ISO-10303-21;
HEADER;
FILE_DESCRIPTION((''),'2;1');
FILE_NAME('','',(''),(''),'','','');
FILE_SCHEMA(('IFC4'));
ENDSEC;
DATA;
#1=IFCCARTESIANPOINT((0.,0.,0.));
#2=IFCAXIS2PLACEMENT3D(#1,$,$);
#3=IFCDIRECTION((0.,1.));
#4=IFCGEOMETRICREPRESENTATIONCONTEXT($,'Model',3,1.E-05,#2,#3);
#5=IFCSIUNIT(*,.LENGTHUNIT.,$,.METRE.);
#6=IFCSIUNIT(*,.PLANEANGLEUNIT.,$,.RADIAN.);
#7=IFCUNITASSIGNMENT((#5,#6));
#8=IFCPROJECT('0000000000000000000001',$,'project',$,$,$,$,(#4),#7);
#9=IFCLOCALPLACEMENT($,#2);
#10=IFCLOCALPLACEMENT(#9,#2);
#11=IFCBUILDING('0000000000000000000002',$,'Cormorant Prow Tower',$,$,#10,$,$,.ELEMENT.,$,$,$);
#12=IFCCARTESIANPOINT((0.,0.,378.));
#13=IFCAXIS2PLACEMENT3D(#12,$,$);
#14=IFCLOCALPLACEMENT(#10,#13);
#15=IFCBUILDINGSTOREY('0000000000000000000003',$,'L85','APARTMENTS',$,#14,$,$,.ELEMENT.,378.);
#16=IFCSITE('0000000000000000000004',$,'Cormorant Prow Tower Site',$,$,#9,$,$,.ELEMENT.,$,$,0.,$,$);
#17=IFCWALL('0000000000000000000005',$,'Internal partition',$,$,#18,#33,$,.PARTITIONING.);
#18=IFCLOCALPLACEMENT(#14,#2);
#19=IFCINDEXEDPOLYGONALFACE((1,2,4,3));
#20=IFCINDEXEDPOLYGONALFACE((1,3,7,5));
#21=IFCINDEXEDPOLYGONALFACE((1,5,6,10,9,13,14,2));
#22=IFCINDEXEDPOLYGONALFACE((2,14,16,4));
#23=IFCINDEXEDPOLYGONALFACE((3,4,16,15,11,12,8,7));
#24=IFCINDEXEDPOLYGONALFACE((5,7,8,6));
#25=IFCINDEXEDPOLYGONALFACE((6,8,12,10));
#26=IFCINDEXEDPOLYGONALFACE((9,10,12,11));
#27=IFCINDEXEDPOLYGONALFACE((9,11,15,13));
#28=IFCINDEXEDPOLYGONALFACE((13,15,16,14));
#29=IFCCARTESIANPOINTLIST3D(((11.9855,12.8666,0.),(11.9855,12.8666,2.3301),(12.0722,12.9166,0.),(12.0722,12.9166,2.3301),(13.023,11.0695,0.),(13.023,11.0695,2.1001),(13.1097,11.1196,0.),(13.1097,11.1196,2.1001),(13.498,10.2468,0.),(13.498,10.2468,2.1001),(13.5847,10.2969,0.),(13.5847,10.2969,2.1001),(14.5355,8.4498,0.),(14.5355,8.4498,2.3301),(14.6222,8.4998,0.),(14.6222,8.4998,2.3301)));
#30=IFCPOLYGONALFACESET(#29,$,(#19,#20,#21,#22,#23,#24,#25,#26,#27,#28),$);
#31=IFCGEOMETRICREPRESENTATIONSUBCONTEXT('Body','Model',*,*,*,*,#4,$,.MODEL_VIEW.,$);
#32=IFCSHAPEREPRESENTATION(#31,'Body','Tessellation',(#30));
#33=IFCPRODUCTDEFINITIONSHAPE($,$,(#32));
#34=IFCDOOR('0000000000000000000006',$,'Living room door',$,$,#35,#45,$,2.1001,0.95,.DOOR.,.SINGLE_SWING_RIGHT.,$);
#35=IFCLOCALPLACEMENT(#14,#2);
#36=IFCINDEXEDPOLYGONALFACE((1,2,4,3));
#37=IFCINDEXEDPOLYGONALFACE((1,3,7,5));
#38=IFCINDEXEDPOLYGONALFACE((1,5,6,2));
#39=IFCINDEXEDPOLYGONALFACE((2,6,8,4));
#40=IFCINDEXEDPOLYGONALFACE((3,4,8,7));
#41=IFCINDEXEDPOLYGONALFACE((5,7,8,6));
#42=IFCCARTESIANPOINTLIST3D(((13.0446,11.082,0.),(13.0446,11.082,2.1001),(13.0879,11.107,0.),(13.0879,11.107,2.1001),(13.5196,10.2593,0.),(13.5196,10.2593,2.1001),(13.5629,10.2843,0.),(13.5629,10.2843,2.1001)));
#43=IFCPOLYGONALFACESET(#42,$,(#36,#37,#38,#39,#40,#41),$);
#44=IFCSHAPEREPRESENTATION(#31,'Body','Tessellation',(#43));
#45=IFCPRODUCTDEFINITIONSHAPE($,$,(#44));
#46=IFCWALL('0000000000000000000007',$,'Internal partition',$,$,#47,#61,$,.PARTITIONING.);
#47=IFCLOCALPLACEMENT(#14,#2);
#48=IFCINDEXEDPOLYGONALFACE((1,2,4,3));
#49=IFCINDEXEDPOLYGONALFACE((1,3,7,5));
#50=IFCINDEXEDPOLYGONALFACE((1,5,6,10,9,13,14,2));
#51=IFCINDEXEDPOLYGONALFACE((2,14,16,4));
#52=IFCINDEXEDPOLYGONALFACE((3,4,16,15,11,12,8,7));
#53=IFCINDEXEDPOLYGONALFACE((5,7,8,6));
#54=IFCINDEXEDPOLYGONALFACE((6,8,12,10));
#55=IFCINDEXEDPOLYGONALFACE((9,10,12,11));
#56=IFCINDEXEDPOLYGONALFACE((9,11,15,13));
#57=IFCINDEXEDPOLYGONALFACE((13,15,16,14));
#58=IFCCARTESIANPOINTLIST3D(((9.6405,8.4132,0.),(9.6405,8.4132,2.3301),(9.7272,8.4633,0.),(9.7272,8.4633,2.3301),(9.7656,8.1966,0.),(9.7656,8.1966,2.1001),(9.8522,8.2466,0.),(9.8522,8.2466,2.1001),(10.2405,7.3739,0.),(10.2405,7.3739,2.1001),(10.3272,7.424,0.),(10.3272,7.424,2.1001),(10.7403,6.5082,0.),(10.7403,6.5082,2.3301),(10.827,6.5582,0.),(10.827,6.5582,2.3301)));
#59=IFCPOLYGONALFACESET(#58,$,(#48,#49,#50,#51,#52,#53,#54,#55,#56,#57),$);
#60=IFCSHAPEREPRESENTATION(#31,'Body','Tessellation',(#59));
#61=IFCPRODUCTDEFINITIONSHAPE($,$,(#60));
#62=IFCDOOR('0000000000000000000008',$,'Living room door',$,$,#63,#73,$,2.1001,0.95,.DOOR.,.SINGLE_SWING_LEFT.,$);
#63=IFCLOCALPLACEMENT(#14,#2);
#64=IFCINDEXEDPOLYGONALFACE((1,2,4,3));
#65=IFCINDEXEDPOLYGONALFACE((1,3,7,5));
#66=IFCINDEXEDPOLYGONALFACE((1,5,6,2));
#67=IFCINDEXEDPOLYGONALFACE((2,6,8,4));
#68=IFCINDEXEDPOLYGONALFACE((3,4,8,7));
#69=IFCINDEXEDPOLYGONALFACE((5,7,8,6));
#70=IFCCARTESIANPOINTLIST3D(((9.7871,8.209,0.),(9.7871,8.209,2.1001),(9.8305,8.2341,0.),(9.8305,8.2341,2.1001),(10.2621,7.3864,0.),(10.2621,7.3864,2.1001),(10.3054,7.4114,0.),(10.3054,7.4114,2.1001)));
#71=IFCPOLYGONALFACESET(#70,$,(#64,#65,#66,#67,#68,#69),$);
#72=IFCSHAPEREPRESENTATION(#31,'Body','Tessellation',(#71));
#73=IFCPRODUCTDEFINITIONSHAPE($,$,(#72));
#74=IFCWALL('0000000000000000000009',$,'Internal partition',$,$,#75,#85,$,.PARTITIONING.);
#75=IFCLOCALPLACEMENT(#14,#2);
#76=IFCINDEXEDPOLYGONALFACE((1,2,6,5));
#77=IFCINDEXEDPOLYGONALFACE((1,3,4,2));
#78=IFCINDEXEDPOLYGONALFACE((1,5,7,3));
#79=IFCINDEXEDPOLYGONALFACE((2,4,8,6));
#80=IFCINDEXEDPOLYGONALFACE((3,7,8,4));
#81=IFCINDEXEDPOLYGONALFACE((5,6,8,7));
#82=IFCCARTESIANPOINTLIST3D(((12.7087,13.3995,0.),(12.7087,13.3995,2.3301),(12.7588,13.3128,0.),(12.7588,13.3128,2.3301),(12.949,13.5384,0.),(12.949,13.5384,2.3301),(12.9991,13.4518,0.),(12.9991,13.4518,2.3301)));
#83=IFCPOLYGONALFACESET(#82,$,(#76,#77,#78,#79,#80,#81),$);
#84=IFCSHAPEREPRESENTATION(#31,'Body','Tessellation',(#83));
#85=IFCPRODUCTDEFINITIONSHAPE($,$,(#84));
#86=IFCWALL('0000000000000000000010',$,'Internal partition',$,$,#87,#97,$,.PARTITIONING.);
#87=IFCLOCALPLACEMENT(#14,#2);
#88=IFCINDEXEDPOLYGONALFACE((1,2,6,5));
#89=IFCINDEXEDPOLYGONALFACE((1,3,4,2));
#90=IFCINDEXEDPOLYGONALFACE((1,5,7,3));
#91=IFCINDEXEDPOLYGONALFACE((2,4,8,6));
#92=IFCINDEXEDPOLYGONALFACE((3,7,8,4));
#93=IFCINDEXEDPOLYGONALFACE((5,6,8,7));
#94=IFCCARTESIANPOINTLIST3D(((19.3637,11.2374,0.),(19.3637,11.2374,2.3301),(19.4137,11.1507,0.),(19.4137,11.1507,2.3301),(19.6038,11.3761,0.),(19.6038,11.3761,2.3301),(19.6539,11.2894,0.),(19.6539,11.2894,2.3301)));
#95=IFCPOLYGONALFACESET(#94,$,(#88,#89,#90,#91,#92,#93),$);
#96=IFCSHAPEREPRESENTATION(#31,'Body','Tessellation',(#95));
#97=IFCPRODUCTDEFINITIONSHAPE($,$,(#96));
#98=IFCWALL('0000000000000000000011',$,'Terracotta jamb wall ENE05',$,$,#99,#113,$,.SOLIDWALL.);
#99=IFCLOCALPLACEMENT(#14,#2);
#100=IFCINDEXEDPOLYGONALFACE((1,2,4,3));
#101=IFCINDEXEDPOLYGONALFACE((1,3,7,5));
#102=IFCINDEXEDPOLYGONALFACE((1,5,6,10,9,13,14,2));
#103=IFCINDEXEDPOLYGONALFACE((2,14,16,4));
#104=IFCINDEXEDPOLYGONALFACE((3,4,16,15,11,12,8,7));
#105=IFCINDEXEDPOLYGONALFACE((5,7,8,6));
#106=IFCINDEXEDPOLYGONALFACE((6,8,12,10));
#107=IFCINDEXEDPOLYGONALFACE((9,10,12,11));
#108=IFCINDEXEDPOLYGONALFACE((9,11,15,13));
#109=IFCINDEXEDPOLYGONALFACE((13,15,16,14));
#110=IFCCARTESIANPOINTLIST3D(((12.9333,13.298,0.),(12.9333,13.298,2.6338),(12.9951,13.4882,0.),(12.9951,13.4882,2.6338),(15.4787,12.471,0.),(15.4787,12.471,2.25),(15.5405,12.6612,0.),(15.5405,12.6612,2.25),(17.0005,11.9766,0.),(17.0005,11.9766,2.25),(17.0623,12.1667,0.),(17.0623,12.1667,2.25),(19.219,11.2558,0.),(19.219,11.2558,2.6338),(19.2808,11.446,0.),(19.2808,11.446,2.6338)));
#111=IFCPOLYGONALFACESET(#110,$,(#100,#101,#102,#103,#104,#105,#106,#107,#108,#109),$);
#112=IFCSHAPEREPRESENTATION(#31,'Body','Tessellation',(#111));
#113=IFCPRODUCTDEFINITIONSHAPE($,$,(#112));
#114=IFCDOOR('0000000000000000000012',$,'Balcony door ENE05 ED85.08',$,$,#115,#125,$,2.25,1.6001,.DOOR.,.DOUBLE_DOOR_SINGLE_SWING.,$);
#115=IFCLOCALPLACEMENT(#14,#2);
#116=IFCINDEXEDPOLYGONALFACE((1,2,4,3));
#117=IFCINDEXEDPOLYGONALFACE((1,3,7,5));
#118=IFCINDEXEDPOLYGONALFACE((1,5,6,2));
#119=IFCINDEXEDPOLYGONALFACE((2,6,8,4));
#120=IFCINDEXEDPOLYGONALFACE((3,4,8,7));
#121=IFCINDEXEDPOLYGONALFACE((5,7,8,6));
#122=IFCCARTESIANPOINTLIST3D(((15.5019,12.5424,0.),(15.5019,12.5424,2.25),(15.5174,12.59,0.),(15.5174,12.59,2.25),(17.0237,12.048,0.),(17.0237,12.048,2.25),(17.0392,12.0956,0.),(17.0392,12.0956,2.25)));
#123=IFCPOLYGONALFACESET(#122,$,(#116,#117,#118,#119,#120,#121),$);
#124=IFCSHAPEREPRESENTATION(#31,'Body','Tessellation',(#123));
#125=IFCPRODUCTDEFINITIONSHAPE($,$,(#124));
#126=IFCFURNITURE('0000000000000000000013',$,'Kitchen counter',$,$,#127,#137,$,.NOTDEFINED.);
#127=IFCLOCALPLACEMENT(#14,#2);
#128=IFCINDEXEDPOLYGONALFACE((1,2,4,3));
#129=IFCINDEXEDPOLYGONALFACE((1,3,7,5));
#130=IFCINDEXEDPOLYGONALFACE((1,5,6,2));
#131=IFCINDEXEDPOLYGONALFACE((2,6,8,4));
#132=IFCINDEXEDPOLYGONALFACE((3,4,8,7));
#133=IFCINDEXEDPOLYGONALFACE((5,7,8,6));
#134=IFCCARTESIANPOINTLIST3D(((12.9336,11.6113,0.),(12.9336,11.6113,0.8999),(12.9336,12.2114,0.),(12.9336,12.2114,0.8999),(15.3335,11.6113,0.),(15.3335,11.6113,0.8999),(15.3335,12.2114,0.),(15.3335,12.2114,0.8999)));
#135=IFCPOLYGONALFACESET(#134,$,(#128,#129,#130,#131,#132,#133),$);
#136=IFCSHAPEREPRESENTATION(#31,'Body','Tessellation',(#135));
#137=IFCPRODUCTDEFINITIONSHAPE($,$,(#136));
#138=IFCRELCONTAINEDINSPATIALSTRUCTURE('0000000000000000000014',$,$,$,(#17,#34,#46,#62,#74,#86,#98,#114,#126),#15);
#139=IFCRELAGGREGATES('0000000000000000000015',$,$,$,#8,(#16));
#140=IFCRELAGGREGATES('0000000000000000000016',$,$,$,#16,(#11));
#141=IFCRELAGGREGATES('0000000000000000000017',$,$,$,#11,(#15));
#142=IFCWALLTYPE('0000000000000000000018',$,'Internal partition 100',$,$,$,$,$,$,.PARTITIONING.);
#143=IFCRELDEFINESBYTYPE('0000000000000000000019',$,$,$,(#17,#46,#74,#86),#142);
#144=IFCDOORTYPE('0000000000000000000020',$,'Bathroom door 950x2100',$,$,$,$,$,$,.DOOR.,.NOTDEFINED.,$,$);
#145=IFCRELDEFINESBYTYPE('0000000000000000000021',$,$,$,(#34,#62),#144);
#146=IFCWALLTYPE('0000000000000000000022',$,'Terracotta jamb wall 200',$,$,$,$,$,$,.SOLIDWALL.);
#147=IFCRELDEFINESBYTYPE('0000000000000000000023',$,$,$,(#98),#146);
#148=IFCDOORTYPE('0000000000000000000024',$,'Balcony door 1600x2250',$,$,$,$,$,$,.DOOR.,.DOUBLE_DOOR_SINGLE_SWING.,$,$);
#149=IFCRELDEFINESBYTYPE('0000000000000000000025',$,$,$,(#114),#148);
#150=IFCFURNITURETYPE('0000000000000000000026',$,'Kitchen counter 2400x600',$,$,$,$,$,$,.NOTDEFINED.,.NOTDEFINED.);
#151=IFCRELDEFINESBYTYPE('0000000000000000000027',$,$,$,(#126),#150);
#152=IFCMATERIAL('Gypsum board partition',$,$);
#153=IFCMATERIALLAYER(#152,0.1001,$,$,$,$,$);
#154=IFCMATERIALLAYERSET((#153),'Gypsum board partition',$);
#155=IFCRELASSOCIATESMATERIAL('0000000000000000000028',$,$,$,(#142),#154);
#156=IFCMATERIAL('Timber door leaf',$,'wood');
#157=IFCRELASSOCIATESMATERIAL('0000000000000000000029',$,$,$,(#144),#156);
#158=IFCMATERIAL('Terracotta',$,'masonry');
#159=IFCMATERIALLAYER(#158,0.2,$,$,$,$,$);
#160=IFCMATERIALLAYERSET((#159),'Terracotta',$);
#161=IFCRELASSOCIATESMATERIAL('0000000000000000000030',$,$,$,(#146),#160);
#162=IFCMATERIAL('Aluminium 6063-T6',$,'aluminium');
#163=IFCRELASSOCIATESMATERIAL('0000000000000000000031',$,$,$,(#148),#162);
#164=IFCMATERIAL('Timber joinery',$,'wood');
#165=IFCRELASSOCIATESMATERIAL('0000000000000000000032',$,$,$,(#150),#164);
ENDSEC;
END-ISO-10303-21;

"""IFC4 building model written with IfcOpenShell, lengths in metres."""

from ifc_helpers import new_model, si_unit, direction, frame, frame_2d, origin, origin_2d, place, context, subcontext, project, spatial, rectangle, extrude, material, layer, layer_set, type_object, element, fill, save


model = new_model("IFC4")

# Units and contexts
model_context = context("Model", 3, precision=1e-05, world=origin(), true_north=direction((0.0, 1.0)))
body_context = subcontext(model_context, "Body", "Model", "MODEL_VIEW")
ifc_project = project(units=[si_unit("LENGTHUNIT", "METRE"), si_unit("PLANEANGLEUNIT", "RADIAN")], contexts=[model_context])

# Site, building, storey
site_placement = place(None, origin())
site = spatial("IfcSite", under=ifc_project, at=site_placement, Name="Cormorant Prow Tower Site", CompositionType="ELEMENT", RefElevation=0.0)
building_placement = place(site_placement, origin())
building = spatial("IfcBuilding", under=site, at=building_placement, Name="Cormorant Prow Tower", CompositionType="ELEMENT")
storey_placement = place(building_placement, frame((0.0, 0.0, 378.0)))
storey = spatial("IfcBuildingStorey", under=building, at=storey_placement, Name="L85", Description="APARTMENTS", CompositionType="ELEMENT", Elevation=378.0)

# Walls, openings, doors
ifc_material_1 = material(Name="Gypsum board partition")
ifc_layer_1 = layer(ifc_material_1, 0.1001)
ifc_layer_set_1 = layer_set([ifc_layer_1], Name="Gypsum board partition")
wall_type_1 = type_object("IfcWallType", Name="Internal partition 100", PredefinedType="PARTITIONING", material=ifc_layer_set_1)
ifc_material_2 = material(Name="Timber door leaf", Category="wood")
door_type_1 = type_object("IfcDoorType", Name="Bathroom door 950x2100", OperationType="NOTDEFINED", PredefinedType="DOOR", material=ifc_material_2)
wall_1_placement = place(storey_placement, frame((12.0288, 12.8916, 0.0), z_axis=(0.0, 0.0, 1.0), x_axis=(0.500006, -0.866022, 0.0)))
wall_1 = element("IfcWall", 1, at=wall_1_placement, inside=storey, type_object=wall_type_1, Name="Internal partition", PredefinedType="PARTITIONING", context=body_context, shape_type="SweptSolid", body=[
    extrude(rectangle(XDim=5.1001, YDim=0.1001, at=frame_2d((2.55, 0.0))), origin(), (0.0, 0.0, 1.0), 2.3301),
])
opening_1_placement = place(wall_1_placement, frame((2.075, 0.0, 0.0)))
opening_1 = element("IfcOpeningElement", 2, at=opening_1_placement, cuts=wall_1, PredefinedType="OPENING", context=body_context, shape_type="SweptSolid", body=[
    extrude(rectangle(XDim=0.95, YDim=2.1001, at=frame_2d((0.4751, 1.05))), frame((0.0, 0.0601, 0.0), z_axis=(0.0, -1.0, 0.0), x_axis=(1.0, 0.0, 0.0)), (0.0, 0.0, 1.0), 0.1201),
])
door_1_placement = place(opening_1_placement, origin())
door_1 = element("IfcDoor", 3, at=door_1_placement, inside=storey, type_object=door_type_1, Name="Living room door", OperationType="SINGLE_SWING_RIGHT", OverallHeight=2.1001, OverallWidth=0.95, PredefinedType="DOOR", context=body_context, shape_type="SweptSolid", body=[
    extrude(rectangle(XDim=0.95, YDim=2.1001, at=frame_2d((0.4751, 1.05))), frame((0.0, 0.0249, 0.0), z_axis=(0.0, -1.0, 0.0), x_axis=(1.0, 0.0, 0.0)), (0.0, 0.0, 1.0), 0.05),
])
fill(opening_1, door_1)
wall_2_placement = place(storey_placement, frame((9.6838, 8.4382, 0.0), z_axis=(0.0, 0.0, 1.0), x_axis=(0.499995, -0.866028, 0.0)))
wall_2 = element("IfcWall", 4, at=wall_2_placement, inside=storey, type_object=wall_type_1, Name="Internal partition", PredefinedType="PARTITIONING", context=body_context, shape_type="SweptSolid", body=[
    extrude(rectangle(XDim=2.1997, YDim=0.1001, at=frame_2d((1.0999, 0.0))), origin(), (0.0, 0.0, 1.0), 2.3301),
])
opening_2_placement = place(wall_2_placement, frame((0.25, 0.0, 0.0)))
opening_2 = element("IfcOpeningElement", 5, at=opening_2_placement, cuts=wall_2, PredefinedType="OPENING", context=body_context, shape_type="SweptSolid", body=[
    extrude(rectangle(XDim=0.95, YDim=2.1001, at=frame_2d((0.4751, 1.05))), frame((0.0, 0.0601, 0.0), z_axis=(0.0, -1.0, 0.0), x_axis=(1.0, 0.0, 0.0)), (0.0, 0.0, 1.0), 0.1201),
])
door_2_placement = place(opening_2_placement, origin())
door_2 = element("IfcDoor", 6, at=door_2_placement, inside=storey, type_object=door_type_1, Name="Living room door", OperationType="SINGLE_SWING_LEFT", OverallHeight=2.1001, OverallWidth=0.95, PredefinedType="DOOR", context=body_context, shape_type="SweptSolid", body=[
    extrude(rectangle(XDim=0.95, YDim=2.1001, at=frame_2d((0.4751, 1.05))), frame((0.0, 0.0249, 0.0), z_axis=(0.0, -1.0, 0.0), x_axis=(1.0, 0.0, 0.0)), (0.0, 0.0, 1.0), 0.05),
])
fill(opening_2, door_2)

# Walls
wall_3_placement = place(storey_placement, frame((12.7339, 13.3562, 0.0), z_axis=(0.0, 0.0, 1.0), x_axis=(0.865687, 0.500585, 0.0)))
element("IfcWall", 7, at=wall_3_placement, inside=storey, type_object=wall_type_1, Name="Internal partition", PredefinedType="PARTITIONING", context=body_context, shape_type="SweptSolid", body=[
    extrude(rectangle(XDim=0.2776, YDim=0.1001, at=frame_2d((0.1387, 0.0))), origin(), (0.0, 0.0, 1.0), 2.3301),
])
wall_4_placement = place(storey_placement, frame((19.3887, 11.1941, 0.0), z_axis=(0.0, 0.0, 1.0), x_axis=(0.866068, 0.499926, 0.0)))
element("IfcWall", 8, at=wall_4_placement, inside=storey, type_object=wall_type_1, Name="Internal partition", PredefinedType="PARTITIONING", context=body_context, shape_type="SweptSolid", body=[
    extrude(rectangle(XDim=0.2773, YDim=0.1001, at=frame_2d((0.1387, 0.0))), origin(), (0.0, 0.0, 1.0), 2.3301),
])

# Wall, opening, door
ifc_material_3 = material(Name="Terracotta", Category="masonry")
ifc_layer_2 = layer(ifc_material_3, 0.2)
ifc_layer_set_2 = layer_set([ifc_layer_2], Name="Terracotta")
wall_type_2 = type_object("IfcWallType", Name="Terracotta jamb wall 200", PredefinedType="SOLIDWALL", material=ifc_layer_set_2)
wall_5_placement = place(storey_placement, frame((19.25, 11.3508, 0.0), z_axis=(0.0, 0.0, 1.0), x_axis=(-0.951061, 0.309004, 0.0)))
wall_5 = element("IfcWall", 9, at=wall_5_placement, inside=storey, type_object=wall_type_2, Name="Terracotta jamb wall ENE05", PredefinedType="SOLIDWALL", context=body_context, shape_type="SweptSolid", body=[
    extrude(rectangle(XDim=6.6091, YDim=0.2, at=frame_2d((3.3047, 0.0))), origin(), (0.0, 0.0, 1.0), 2.6338),
])
opening_3_placement = place(wall_5_placement, frame((2.3328, 0.0, 0.0)))
opening_3 = element("IfcOpeningElement", 10, at=opening_3_placement, cuts=wall_5, PredefinedType="OPENING", context=body_context, shape_type="SweptSolid", body=[
    extrude(rectangle(XDim=1.6001, YDim=2.25, at=frame_2d((0.8, 1.125))), frame((0.0, 0.1099, 0.0), z_axis=(0.0, -1.0, 0.0), x_axis=(1.0, 0.0, 0.0)), (0.0, 0.0, 1.0), 0.22),
])
ifc_material_4 = material(Name="Aluminium 6063-T6", Category="aluminium")
door_type_2 = type_object("IfcDoorType", Name="Balcony door 1600x2250", OperationType="DOUBLE_DOOR_SINGLE_SWING", PredefinedType="DOOR", material=ifc_material_4)
door_3_placement = place(opening_3_placement, origin())
door_3 = element("IfcDoor", 11, at=door_3_placement, inside=storey, type_object=door_type_2, Name="Balcony door ENE05 ED85.08", OperationType="DOUBLE_DOOR_SINGLE_SWING", OverallHeight=2.25, OverallWidth=1.6001, PredefinedType="DOOR", context=body_context, shape_type="SweptSolid", body=[
    extrude(rectangle(XDim=1.6001, YDim=2.25, at=frame_2d((0.8, 1.125))), frame((0.0, 0.0249, 0.0), z_axis=(0.0, -1.0, 0.0), x_axis=(1.0, 0.0, 0.0)), (0.0, 0.0, 1.0), 0.05),
])
fill(opening_3, door_3)

# Furniture
ifc_material_5 = material(Name="Timber joinery", Category="wood")
furniture_type = type_object("IfcFurnitureType", Name="Kitchen counter 2400x600", AssemblyPlace="NOTDEFINED", PredefinedType="NOTDEFINED", material=ifc_material_5)
furniture_placement = place(storey_placement, frame((14.1335, 11.9114, 0.0), z_axis=(0.0, 0.0, 1.0), x_axis=(1.0, 0.0, 0.0)))
element("IfcFurniture", 12, at=furniture_placement, inside=storey, type_object=furniture_type, Name="Kitchen counter", PredefinedType="NOTDEFINED", context=body_context, shape_type="SweptSolid", body=[
    extrude(rectangle(XDim=2.3999, YDim=0.6001, at=origin_2d()), origin(), (0.0, 0.0, 1.0), 0.8999),
])

save(model, "model.ifc")
